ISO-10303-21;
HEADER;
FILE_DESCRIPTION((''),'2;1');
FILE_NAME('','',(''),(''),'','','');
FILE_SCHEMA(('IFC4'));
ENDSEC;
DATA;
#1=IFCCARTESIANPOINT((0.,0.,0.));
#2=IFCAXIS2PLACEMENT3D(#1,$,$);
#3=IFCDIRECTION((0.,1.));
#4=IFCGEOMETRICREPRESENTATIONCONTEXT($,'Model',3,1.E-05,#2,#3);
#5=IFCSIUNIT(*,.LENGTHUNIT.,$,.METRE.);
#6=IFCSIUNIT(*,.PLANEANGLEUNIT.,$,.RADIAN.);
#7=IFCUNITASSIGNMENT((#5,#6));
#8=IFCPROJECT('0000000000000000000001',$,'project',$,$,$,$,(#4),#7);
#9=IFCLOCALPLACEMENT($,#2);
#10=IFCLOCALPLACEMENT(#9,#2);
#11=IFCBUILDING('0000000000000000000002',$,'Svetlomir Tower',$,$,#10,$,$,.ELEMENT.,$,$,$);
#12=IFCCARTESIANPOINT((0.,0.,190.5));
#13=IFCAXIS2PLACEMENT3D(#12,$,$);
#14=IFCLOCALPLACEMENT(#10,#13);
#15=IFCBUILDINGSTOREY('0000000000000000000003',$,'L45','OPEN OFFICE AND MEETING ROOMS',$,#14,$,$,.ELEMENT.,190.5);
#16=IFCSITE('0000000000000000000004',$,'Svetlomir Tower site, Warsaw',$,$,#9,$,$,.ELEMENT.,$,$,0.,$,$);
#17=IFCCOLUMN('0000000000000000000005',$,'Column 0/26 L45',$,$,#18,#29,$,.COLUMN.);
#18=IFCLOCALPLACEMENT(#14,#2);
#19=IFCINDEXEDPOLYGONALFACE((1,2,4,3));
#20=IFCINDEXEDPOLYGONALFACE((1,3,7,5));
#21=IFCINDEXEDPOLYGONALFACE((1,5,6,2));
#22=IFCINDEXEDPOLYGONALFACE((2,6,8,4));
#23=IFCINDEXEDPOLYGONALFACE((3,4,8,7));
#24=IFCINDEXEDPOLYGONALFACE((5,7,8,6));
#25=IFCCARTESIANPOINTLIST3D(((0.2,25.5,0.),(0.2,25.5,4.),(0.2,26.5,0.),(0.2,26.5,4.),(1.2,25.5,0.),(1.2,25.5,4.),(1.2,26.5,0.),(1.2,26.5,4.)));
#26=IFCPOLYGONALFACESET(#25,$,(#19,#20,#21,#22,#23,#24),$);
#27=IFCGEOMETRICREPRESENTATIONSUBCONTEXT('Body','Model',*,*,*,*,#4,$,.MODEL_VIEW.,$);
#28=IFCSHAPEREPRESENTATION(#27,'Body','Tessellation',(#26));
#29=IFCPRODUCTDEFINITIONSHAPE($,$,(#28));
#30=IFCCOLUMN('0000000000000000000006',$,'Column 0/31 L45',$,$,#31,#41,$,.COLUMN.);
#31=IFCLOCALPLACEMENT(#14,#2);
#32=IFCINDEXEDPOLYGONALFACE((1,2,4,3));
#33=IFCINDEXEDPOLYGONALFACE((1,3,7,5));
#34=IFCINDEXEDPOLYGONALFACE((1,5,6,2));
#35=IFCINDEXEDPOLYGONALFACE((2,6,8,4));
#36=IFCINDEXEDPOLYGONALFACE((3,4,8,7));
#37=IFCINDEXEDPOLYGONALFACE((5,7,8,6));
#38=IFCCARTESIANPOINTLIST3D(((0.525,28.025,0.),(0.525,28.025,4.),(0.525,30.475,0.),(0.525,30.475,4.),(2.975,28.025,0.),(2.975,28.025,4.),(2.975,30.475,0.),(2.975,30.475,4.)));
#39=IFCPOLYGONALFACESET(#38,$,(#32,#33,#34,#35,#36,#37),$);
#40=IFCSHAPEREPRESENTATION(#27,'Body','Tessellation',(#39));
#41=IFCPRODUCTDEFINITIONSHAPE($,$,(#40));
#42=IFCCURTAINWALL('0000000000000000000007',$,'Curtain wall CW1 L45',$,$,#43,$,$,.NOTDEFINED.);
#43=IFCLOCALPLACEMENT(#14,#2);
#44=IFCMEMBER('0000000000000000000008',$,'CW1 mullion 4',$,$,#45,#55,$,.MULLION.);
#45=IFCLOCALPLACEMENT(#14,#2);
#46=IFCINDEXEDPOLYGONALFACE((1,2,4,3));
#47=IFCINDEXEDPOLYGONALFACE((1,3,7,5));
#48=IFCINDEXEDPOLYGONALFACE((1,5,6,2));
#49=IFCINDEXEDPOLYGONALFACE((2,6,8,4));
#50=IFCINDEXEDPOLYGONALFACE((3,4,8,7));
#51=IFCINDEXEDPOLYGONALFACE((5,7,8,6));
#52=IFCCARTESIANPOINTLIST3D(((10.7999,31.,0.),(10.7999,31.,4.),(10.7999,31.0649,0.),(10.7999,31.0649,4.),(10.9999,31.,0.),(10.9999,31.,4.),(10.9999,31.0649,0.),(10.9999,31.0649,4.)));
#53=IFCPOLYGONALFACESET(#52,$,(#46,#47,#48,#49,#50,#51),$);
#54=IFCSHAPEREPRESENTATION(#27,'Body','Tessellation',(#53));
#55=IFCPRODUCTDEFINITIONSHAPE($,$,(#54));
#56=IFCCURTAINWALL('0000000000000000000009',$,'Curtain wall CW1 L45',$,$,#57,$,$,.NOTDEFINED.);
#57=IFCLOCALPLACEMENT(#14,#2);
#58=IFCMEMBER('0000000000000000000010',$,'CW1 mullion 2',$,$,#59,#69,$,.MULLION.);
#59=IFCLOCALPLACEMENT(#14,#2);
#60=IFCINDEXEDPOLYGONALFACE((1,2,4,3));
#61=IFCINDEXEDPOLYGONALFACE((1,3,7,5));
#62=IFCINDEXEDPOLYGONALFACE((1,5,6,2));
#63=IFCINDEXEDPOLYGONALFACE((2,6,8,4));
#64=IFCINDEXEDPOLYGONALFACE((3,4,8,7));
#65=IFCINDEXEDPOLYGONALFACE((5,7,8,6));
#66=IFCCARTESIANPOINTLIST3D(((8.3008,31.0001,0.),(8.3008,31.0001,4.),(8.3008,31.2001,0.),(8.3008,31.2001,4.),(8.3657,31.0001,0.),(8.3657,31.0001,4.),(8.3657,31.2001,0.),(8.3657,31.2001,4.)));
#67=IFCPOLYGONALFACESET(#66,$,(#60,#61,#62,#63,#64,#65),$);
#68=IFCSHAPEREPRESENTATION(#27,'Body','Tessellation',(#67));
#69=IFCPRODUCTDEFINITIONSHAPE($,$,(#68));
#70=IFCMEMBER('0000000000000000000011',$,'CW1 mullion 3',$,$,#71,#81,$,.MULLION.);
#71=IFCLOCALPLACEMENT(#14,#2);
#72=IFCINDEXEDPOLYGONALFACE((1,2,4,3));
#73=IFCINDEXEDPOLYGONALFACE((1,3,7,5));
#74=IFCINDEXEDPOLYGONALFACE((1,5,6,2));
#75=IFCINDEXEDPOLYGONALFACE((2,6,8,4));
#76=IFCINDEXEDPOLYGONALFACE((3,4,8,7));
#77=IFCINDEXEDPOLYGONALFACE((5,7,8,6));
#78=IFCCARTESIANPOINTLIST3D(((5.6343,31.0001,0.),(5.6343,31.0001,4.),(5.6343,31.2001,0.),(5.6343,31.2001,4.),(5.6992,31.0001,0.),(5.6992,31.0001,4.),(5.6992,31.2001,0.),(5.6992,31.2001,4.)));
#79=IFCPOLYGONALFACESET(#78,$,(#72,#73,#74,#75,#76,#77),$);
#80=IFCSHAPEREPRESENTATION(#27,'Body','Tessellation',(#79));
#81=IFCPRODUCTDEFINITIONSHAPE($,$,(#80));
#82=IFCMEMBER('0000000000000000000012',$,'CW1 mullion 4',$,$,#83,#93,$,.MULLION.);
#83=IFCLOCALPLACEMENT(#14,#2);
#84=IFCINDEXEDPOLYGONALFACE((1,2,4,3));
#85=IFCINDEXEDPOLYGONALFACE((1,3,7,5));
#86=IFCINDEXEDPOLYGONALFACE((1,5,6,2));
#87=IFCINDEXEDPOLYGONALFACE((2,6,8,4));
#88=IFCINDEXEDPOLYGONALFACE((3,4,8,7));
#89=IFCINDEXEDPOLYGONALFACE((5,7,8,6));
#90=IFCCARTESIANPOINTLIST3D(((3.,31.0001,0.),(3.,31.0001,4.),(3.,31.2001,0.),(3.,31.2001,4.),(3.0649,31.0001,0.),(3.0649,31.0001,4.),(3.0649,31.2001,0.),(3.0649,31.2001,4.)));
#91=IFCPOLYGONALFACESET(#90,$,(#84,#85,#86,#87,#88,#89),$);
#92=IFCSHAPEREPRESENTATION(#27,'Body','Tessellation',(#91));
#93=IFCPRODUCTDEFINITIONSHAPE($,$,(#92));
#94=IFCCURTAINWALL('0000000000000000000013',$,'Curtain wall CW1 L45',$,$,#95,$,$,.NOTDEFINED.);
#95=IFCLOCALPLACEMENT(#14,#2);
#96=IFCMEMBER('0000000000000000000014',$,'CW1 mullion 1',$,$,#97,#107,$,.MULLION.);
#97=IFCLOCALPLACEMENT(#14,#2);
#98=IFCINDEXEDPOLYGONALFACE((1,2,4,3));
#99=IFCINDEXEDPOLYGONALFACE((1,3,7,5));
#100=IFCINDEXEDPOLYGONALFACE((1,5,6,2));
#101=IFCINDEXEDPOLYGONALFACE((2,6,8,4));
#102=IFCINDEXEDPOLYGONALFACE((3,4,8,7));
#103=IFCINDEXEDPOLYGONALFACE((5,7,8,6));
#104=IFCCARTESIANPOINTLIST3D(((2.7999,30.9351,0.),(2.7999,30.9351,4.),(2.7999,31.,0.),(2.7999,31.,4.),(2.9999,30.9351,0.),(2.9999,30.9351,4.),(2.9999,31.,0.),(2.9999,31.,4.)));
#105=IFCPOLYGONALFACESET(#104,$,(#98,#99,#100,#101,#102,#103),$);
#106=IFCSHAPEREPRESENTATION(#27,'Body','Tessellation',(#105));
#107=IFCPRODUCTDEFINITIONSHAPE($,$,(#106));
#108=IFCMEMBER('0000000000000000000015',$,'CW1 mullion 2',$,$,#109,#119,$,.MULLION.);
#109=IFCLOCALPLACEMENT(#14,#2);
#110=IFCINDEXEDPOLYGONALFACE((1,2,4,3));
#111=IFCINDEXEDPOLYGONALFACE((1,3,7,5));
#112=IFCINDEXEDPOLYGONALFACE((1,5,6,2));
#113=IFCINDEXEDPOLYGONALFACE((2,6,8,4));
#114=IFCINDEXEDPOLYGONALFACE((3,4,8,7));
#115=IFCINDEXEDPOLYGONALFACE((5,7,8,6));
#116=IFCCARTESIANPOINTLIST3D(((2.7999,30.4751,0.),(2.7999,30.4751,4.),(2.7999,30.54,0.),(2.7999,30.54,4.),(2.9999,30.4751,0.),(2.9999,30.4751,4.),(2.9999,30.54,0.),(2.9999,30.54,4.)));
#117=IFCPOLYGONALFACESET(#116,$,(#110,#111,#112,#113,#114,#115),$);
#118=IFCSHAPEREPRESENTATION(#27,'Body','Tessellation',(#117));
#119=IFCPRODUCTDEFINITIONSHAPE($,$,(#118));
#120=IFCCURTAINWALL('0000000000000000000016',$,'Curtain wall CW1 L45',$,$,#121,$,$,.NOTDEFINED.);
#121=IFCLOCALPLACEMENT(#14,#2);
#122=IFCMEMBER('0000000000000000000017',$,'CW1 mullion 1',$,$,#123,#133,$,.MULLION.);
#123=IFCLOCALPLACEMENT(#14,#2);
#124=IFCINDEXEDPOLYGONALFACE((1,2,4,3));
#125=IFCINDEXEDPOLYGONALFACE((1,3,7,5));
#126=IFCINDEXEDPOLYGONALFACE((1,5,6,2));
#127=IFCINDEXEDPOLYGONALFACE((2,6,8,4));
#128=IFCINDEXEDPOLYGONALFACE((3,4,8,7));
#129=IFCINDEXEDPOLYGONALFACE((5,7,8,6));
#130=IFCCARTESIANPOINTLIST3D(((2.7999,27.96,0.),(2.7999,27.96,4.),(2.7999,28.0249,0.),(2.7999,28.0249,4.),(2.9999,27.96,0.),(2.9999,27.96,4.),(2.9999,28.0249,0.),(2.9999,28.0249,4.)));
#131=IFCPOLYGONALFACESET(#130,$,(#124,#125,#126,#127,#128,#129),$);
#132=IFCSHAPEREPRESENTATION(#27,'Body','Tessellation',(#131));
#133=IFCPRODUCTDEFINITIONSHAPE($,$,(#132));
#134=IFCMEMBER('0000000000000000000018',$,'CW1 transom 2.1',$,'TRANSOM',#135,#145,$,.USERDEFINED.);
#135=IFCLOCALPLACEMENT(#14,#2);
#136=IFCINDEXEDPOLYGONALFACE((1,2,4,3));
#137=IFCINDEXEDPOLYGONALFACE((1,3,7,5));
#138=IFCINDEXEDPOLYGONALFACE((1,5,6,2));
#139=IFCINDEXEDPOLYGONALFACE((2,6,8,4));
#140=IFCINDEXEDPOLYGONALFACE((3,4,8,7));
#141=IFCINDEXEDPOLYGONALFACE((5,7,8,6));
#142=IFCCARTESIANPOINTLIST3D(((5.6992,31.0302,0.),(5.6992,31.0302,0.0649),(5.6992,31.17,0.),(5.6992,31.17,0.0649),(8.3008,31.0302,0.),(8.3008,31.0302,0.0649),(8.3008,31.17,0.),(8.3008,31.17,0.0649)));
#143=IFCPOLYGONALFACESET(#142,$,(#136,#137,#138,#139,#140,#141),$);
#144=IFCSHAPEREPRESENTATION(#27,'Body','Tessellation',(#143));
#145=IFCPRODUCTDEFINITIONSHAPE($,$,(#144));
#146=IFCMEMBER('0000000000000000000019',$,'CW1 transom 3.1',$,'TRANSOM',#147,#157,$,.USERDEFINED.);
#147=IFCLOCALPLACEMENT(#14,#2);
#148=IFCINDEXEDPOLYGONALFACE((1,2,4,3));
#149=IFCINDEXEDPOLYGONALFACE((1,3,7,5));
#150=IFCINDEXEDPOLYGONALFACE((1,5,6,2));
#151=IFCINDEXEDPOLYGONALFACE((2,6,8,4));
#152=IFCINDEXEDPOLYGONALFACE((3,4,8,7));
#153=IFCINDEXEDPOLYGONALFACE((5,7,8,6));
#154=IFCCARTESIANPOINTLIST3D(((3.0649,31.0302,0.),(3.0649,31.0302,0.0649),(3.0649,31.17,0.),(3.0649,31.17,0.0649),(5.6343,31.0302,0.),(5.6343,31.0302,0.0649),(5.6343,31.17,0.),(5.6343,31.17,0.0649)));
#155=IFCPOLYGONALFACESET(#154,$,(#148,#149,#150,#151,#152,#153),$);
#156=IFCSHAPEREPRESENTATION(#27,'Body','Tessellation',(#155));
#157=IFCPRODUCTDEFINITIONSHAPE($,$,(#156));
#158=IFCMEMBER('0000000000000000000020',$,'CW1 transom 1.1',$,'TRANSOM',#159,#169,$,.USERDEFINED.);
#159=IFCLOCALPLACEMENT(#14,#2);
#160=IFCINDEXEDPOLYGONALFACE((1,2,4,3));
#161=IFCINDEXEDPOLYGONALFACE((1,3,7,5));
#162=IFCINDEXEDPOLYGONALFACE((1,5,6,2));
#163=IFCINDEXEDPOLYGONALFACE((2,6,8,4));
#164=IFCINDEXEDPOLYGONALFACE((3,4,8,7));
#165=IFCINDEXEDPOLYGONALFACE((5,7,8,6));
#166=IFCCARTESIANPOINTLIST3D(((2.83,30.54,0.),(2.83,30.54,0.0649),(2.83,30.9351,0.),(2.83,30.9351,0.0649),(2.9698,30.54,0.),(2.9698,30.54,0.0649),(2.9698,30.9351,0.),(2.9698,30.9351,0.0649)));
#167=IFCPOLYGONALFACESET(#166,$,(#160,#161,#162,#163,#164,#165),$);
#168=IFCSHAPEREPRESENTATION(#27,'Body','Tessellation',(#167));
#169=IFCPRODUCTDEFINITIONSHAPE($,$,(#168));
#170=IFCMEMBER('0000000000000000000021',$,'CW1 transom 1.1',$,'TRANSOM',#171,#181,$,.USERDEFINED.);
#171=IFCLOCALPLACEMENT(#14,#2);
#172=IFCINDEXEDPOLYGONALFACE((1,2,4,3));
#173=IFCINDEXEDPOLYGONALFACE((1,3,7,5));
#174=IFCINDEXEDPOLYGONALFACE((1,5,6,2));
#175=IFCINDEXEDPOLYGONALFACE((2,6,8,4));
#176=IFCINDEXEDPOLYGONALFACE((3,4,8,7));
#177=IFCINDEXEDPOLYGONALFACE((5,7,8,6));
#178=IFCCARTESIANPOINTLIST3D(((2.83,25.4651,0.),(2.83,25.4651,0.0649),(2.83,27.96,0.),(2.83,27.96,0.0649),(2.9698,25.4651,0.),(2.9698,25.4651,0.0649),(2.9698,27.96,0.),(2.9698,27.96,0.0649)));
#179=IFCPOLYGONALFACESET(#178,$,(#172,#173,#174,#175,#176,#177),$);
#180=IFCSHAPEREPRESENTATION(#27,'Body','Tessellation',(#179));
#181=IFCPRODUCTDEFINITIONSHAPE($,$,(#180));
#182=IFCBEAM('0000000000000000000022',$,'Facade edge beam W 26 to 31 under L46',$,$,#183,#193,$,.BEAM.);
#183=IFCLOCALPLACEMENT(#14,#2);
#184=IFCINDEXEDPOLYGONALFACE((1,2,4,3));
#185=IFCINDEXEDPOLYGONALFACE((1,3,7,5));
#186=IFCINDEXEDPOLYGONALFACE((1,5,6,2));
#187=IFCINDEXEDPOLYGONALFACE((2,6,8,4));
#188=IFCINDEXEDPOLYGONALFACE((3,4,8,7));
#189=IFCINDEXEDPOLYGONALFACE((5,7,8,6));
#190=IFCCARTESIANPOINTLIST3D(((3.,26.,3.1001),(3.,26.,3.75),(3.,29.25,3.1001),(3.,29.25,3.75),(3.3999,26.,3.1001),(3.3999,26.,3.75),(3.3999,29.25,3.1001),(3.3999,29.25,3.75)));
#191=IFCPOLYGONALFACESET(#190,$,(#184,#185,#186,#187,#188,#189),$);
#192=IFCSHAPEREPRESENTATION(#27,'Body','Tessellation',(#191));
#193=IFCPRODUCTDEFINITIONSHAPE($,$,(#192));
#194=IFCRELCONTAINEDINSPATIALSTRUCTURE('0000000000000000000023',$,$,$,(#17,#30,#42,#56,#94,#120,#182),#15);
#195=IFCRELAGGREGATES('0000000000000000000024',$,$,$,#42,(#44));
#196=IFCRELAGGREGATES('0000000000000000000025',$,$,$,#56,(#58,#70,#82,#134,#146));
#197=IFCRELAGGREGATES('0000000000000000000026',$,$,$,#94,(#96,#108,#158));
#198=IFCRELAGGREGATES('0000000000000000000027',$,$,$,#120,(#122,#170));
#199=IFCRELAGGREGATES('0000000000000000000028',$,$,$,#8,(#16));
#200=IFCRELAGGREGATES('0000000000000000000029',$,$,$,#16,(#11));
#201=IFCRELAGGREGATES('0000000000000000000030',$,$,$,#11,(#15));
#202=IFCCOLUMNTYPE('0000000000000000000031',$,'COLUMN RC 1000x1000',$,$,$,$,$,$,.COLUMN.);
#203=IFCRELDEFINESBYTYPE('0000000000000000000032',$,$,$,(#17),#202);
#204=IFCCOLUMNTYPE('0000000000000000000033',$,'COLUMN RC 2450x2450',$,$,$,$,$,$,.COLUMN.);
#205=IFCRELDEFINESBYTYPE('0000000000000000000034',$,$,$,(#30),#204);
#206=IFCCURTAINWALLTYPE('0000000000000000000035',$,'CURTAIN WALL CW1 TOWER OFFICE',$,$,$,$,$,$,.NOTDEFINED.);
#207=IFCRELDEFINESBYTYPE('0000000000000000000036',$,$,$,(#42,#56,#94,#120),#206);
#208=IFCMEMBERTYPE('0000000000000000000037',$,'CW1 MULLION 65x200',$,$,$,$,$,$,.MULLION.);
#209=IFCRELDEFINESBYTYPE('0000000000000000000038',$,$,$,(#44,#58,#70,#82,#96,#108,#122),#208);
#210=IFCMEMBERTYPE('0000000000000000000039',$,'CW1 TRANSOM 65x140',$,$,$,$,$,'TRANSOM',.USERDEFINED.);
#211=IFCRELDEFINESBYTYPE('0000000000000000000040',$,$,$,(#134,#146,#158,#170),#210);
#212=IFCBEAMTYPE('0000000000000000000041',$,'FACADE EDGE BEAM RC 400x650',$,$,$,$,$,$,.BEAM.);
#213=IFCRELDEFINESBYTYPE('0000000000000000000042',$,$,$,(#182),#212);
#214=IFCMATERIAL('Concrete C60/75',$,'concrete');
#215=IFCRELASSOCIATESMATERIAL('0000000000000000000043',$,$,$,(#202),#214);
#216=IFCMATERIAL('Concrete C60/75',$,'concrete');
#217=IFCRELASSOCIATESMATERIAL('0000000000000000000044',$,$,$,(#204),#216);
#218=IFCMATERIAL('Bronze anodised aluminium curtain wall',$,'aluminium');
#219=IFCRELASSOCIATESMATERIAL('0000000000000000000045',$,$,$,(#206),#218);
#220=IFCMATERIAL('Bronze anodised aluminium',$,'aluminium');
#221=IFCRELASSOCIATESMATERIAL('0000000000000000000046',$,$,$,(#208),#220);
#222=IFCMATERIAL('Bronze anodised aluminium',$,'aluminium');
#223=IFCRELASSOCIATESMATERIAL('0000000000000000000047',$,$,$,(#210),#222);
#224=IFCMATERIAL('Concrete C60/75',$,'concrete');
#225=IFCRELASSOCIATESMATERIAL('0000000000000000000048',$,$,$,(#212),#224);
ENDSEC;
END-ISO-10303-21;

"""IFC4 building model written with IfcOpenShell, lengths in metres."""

from ifc_helpers import new_model, si_unit, direction, frame, origin, origin_2d, place, context, subcontext, project, spatial, rectangle, extrude, material, material_profile, profile_set, type_object, element, aggregate, save


model = new_model("IFC4")

# Units and contexts
model_context = context("Model", 3, precision=1e-05, world=origin(), true_north=direction((0.0, 1.0)))
body_context = subcontext(model_context, "Body", "Model", "MODEL_VIEW")
ifc_project = project(units=[si_unit("LENGTHUNIT", "METRE"), si_unit("PLANEANGLEUNIT", "RADIAN")], contexts=[model_context])

# Site, building, storey
site_placement = place(None, origin())
site = spatial("IfcSite", under=ifc_project, at=site_placement, Name="Svetlomir Tower site, Warsaw", CompositionType="ELEMENT", RefElevation=0.0)
building_placement = place(site_placement, origin())
building = spatial("IfcBuilding", under=site, at=building_placement, Name="Svetlomir Tower", CompositionType="ELEMENT")
storey_placement = place(building_placement, frame((0.0, 0.0, 190.5)))
storey = spatial("IfcBuildingStorey", under=building, at=storey_placement, Name="L45", Description="OPEN OFFICE AND MEETING ROOMS", CompositionType="ELEMENT", Elevation=190.5)

# Columns
ifc_material_1 = material(Name="Concrete C60/75", Category="concrete")
ifc_material_profile_1 = material_profile(ifc_material_1, rectangle(XDim=1.0, YDim=1.0, at=origin_2d()), Name="RC 1000x1000")
ifc_profile_set_1 = profile_set([ifc_material_profile_1], Name="Concrete C60/75")
column_type_1 = type_object("IfcColumnType", Name="COLUMN RC 1000x1000", PredefinedType="COLUMN", material=ifc_profile_set_1)
column_1_placement = place(storey_placement, frame((0.7, 26.0, 0.0), z_axis=(0.0, 0.0, 1.0), x_axis=(1.0, 0.0, 0.0)))
element("IfcColumn", 1, at=column_1_placement, inside=storey, type_object=column_type_1, Name="Column 0/26 L45", PredefinedType="COLUMN", context=body_context, shape_type="SweptSolid", body=[
    extrude(rectangle(XDim=1.0, YDim=1.0, at=origin_2d()), origin(), (0.0, 0.0, 1.0), 4.0),
])
ifc_material_2 = material(Name="Concrete C60/75", Category="concrete")
ifc_material_profile_2 = material_profile(ifc_material_2, rectangle(XDim=2.45, YDim=2.45, at=origin_2d()), Name="RC 2450x2450")
ifc_profile_set_2 = profile_set([ifc_material_profile_2], Name="Concrete C60/75")
column_type_2 = type_object("IfcColumnType", Name="COLUMN RC 2450x2450", PredefinedType="COLUMN", material=ifc_profile_set_2)
column_2_placement = place(storey_placement, frame((1.75, 29.25, 0.0), z_axis=(0.0, 0.0, 1.0), x_axis=(1.0, 0.0, 0.0)))
element("IfcColumn", 2, at=column_2_placement, inside=storey, type_object=column_type_2, Name="Column 0/31 L45", PredefinedType="COLUMN", context=body_context, shape_type="SweptSolid", body=[
    extrude(rectangle(XDim=2.45, YDim=2.45, at=origin_2d()), origin(), (0.0, 0.0, 1.0), 4.0),
])

# Curtain wall, member
ifc_material_3 = material(Name="Bronze anodised aluminium curtain wall", Category="aluminium")
curtain_wall_type = type_object("IfcCurtainWallType", Name="CURTAIN WALL CW1 TOWER OFFICE", PredefinedType="NOTDEFINED", material=ifc_material_3)
curtain_wall_1_placement = place(storey_placement, origin())
curtain_wall_1 = element("IfcCurtainWall", 3, at=curtain_wall_1_placement, inside=storey, type_object=curtain_wall_type, Name="Curtain wall CW1 L45", PredefinedType="NOTDEFINED")
ifc_material_4 = material(Name="Bronze anodised aluminium", Category="aluminium")
ifc_material_profile_3 = material_profile(ifc_material_4, rectangle(XDim=0.0649, YDim=0.2, at=origin_2d()), Name="AL 65x200")
ifc_profile_set_3 = profile_set([ifc_material_profile_3], Name="Bronze anodised aluminium 6063-T6")
member_type_1 = type_object("IfcMemberType", Name="CW1 MULLION 65x200", PredefinedType="MULLION", material=ifc_profile_set_3)
member_1_placement = place(storey_placement, frame((10.8999, 31.0325, 0.0), z_axis=(0.0, 0.0, 1.0), x_axis=(0.0, -1.0, 0.0)))
member_1 = element("IfcMember", 4, at=member_1_placement, type_object=member_type_1, Name="CW1 mullion 4", PredefinedType="MULLION", context=body_context, shape_type="SweptSolid", body=[
    extrude(rectangle(XDim=0.0649, YDim=0.2, at=origin_2d()), origin(), (0.0, 0.0, 1.0), 4.0),
])
aggregate(curtain_wall_1, [member_1])

# Curtain walls, members
curtain_wall_2_placement = place(storey_placement, origin())
curtain_wall_2 = element("IfcCurtainWall", 5, at=curtain_wall_2_placement, inside=storey, type_object=curtain_wall_type, Name="Curtain wall CW1 L45", PredefinedType="NOTDEFINED")
member_2_placement = place(storey_placement, frame((8.3333, 31.1001, 0.0), z_axis=(0.0, 0.0, 1.0), x_axis=(-1.0, 0.0, 0.0)))
member_2 = element("IfcMember", 6, at=member_2_placement, type_object=member_type_1, Name="CW1 mullion 2", PredefinedType="MULLION", context=body_context, shape_type="SweptSolid", body=[
    extrude(rectangle(XDim=0.0649, YDim=0.2, at=origin_2d()), origin(), (0.0, 0.0, 1.0), 4.0),
])
member_3_placement = place(storey_placement, frame((5.6667, 31.1001, 0.0), z_axis=(0.0, 0.0, 1.0), x_axis=(-1.0, 0.0, 0.0)))
member_3 = element("IfcMember", 7, at=member_3_placement, type_object=member_type_1, Name="CW1 mullion 3", PredefinedType="MULLION", context=body_context, shape_type="SweptSolid", body=[
    extrude(rectangle(XDim=0.0649, YDim=0.2, at=origin_2d()), origin(), (0.0, 0.0, 1.0), 4.0),
])
member_4_placement = place(storey_placement, frame((3.0325, 31.1001, 0.0), z_axis=(0.0, 0.0, 1.0), x_axis=(-1.0, 0.0, 0.0)))
member_4 = element("IfcMember", 8, at=member_4_placement, type_object=member_type_1, Name="CW1 mullion 4", PredefinedType="MULLION", context=body_context, shape_type="SweptSolid", body=[
    extrude(rectangle(XDim=0.0649, YDim=0.2, at=origin_2d()), origin(), (0.0, 0.0, 1.0), 4.0),
])
curtain_wall_3_placement = place(storey_placement, origin())
curtain_wall_3 = element("IfcCurtainWall", 9, at=curtain_wall_3_placement, inside=storey, type_object=curtain_wall_type, Name="Curtain wall CW1 L45", PredefinedType="NOTDEFINED")
member_5_placement = place(storey_placement, frame((2.8999, 30.9675, 0.0), z_axis=(0.0, 0.0, 1.0), x_axis=(0.0, -1.0, 0.0)))
member_5 = element("IfcMember", 10, at=member_5_placement, type_object=member_type_1, Name="CW1 mullion 1", PredefinedType="MULLION", context=body_context, shape_type="SweptSolid", body=[
    extrude(rectangle(XDim=0.0649, YDim=0.2, at=origin_2d()), origin(), (0.0, 0.0, 1.0), 4.0),
])
member_6_placement = place(storey_placement, frame((2.8999, 30.5076, 0.0), z_axis=(0.0, 0.0, 1.0), x_axis=(0.0, -1.0, 0.0)))
member_6 = element("IfcMember", 11, at=member_6_placement, type_object=member_type_1, Name="CW1 mullion 2", PredefinedType="MULLION", context=body_context, shape_type="SweptSolid", body=[
    extrude(rectangle(XDim=0.0649, YDim=0.2, at=origin_2d()), origin(), (0.0, 0.0, 1.0), 4.0),
])

# Curtain wall, member
curtain_wall_4_placement = place(storey_placement, origin())
curtain_wall_4 = element("IfcCurtainWall", 12, at=curtain_wall_4_placement, inside=storey, type_object=curtain_wall_type, Name="Curtain wall CW1 L45", PredefinedType="NOTDEFINED")
member_7_placement = place(storey_placement, frame((2.8999, 27.9924, 0.0), z_axis=(0.0, 0.0, 1.0), x_axis=(0.0, -1.0, 0.0)))
member_7 = element("IfcMember", 13, at=member_7_placement, type_object=member_type_1, Name="CW1 mullion 1", PredefinedType="MULLION", context=body_context, shape_type="SweptSolid", body=[
    extrude(rectangle(XDim=0.0649, YDim=0.2, at=origin_2d()), origin(), (0.0, 0.0, 1.0), 4.0),
])

# Members
ifc_material_5 = material(Name="Bronze anodised aluminium", Category="aluminium")
ifc_material_profile_4 = material_profile(ifc_material_5, rectangle(XDim=0.1399, YDim=0.0649, at=origin_2d()), Name="AL 140x65")
ifc_profile_set_4 = profile_set([ifc_material_profile_4], Name="Bronze anodised aluminium 6063-T6")
member_type_2 = type_object("IfcMemberType", Name="CW1 TRANSOM 65x140", ElementType="TRANSOM", PredefinedType="USERDEFINED", material=ifc_profile_set_4)
member_8_placement = place(storey_placement, frame((8.3008, 31.1001, 0.0325), z_axis=(-1.0, 0.0, 0.0), x_axis=(0.0, -1.0, 0.0)))
member_8 = element("IfcMember", 14, at=member_8_placement, type_object=member_type_2, Name="CW1 transom 2.1", ObjectType="TRANSOM", PredefinedType="USERDEFINED", context=body_context, shape_type="SweptSolid", body=[
    extrude(rectangle(XDim=0.1399, YDim=0.0649, at=origin_2d()), origin(), (0.0, 0.0, 1.0), 2.6016),
])
member_9_placement = place(storey_placement, frame((5.6343, 31.1001, 0.0325), z_axis=(-1.0, 0.0, 0.0), x_axis=(0.0, -1.0, 0.0)))
member_9 = element("IfcMember", 15, at=member_9_placement, type_object=member_type_2, Name="CW1 transom 3.1", ObjectType="TRANSOM", PredefinedType="USERDEFINED", context=body_context, shape_type="SweptSolid", body=[
    extrude(rectangle(XDim=0.1399, YDim=0.0649, at=origin_2d()), origin(), (0.0, 0.0, 1.0), 2.5693),
])
member_10_placement = place(storey_placement, frame((2.8999, 30.9351, 0.0325), z_axis=(0.0, -1.0, 0.0), x_axis=(1.0, 0.0, 0.0)))
member_10 = element("IfcMember", 16, at=member_10_placement, type_object=member_type_2, Name="CW1 transom 1.1", ObjectType="TRANSOM", PredefinedType="USERDEFINED", context=body_context, shape_type="SweptSolid", body=[
    extrude(rectangle(XDim=0.1399, YDim=0.0649, at=origin_2d()), origin(), (0.0, 0.0, 1.0), 0.395),
])
member_11_placement = place(storey_placement, frame((2.8999, 27.96, 0.0325), z_axis=(0.0, -1.0, 0.0), x_axis=(1.0, 0.0, 0.0)))
member_11 = element("IfcMember", 17, at=member_11_placement, type_object=member_type_2, Name="CW1 transom 1.1", ObjectType="TRANSOM", PredefinedType="USERDEFINED", context=body_context, shape_type="SweptSolid", body=[
    extrude(rectangle(XDim=0.1399, YDim=0.0649, at=origin_2d()), origin(), (0.0, 0.0, 1.0), 2.4949),
])

# Beam
ifc_material_6 = material(Name="Concrete C60/75", Category="concrete")
ifc_material_profile_5 = material_profile(ifc_material_6, rectangle(XDim=0.3999, YDim=0.6499, at=origin_2d()), Name="RC 400x650")
ifc_profile_set_5 = profile_set([ifc_material_profile_5], Name="Concrete C60/75")
beam_type_1 = type_object("IfcBeamType", Name="FACADE EDGE BEAM RC 400x650", PredefinedType="BEAM", material=ifc_profile_set_5)
beam_1_placement = place(storey_placement, frame((3.2, 26.0, 3.425), z_axis=(0.0, 1.0, 0.0), x_axis=(-1.0, 0.0, 0.0)))
element("IfcBeam", 18, at=beam_1_placement, inside=storey, type_object=beam_type_1, Name="Facade edge beam W 26 to 31 under L46", PredefinedType="BEAM", context=body_context, shape_type="SweptSolid", body=[
    extrude(rectangle(XDim=0.3999, YDim=0.6499, at=origin_2d()), origin(), (0.0, 0.0, 1.0), 3.25),
])

aggregate(curtain_wall_2, [member_2, member_3, member_4, member_8, member_9])
aggregate(curtain_wall_3, [member_5, member_6, member_10])
aggregate(curtain_wall_4, [member_7, member_11])

save(model, "model.ifc")
